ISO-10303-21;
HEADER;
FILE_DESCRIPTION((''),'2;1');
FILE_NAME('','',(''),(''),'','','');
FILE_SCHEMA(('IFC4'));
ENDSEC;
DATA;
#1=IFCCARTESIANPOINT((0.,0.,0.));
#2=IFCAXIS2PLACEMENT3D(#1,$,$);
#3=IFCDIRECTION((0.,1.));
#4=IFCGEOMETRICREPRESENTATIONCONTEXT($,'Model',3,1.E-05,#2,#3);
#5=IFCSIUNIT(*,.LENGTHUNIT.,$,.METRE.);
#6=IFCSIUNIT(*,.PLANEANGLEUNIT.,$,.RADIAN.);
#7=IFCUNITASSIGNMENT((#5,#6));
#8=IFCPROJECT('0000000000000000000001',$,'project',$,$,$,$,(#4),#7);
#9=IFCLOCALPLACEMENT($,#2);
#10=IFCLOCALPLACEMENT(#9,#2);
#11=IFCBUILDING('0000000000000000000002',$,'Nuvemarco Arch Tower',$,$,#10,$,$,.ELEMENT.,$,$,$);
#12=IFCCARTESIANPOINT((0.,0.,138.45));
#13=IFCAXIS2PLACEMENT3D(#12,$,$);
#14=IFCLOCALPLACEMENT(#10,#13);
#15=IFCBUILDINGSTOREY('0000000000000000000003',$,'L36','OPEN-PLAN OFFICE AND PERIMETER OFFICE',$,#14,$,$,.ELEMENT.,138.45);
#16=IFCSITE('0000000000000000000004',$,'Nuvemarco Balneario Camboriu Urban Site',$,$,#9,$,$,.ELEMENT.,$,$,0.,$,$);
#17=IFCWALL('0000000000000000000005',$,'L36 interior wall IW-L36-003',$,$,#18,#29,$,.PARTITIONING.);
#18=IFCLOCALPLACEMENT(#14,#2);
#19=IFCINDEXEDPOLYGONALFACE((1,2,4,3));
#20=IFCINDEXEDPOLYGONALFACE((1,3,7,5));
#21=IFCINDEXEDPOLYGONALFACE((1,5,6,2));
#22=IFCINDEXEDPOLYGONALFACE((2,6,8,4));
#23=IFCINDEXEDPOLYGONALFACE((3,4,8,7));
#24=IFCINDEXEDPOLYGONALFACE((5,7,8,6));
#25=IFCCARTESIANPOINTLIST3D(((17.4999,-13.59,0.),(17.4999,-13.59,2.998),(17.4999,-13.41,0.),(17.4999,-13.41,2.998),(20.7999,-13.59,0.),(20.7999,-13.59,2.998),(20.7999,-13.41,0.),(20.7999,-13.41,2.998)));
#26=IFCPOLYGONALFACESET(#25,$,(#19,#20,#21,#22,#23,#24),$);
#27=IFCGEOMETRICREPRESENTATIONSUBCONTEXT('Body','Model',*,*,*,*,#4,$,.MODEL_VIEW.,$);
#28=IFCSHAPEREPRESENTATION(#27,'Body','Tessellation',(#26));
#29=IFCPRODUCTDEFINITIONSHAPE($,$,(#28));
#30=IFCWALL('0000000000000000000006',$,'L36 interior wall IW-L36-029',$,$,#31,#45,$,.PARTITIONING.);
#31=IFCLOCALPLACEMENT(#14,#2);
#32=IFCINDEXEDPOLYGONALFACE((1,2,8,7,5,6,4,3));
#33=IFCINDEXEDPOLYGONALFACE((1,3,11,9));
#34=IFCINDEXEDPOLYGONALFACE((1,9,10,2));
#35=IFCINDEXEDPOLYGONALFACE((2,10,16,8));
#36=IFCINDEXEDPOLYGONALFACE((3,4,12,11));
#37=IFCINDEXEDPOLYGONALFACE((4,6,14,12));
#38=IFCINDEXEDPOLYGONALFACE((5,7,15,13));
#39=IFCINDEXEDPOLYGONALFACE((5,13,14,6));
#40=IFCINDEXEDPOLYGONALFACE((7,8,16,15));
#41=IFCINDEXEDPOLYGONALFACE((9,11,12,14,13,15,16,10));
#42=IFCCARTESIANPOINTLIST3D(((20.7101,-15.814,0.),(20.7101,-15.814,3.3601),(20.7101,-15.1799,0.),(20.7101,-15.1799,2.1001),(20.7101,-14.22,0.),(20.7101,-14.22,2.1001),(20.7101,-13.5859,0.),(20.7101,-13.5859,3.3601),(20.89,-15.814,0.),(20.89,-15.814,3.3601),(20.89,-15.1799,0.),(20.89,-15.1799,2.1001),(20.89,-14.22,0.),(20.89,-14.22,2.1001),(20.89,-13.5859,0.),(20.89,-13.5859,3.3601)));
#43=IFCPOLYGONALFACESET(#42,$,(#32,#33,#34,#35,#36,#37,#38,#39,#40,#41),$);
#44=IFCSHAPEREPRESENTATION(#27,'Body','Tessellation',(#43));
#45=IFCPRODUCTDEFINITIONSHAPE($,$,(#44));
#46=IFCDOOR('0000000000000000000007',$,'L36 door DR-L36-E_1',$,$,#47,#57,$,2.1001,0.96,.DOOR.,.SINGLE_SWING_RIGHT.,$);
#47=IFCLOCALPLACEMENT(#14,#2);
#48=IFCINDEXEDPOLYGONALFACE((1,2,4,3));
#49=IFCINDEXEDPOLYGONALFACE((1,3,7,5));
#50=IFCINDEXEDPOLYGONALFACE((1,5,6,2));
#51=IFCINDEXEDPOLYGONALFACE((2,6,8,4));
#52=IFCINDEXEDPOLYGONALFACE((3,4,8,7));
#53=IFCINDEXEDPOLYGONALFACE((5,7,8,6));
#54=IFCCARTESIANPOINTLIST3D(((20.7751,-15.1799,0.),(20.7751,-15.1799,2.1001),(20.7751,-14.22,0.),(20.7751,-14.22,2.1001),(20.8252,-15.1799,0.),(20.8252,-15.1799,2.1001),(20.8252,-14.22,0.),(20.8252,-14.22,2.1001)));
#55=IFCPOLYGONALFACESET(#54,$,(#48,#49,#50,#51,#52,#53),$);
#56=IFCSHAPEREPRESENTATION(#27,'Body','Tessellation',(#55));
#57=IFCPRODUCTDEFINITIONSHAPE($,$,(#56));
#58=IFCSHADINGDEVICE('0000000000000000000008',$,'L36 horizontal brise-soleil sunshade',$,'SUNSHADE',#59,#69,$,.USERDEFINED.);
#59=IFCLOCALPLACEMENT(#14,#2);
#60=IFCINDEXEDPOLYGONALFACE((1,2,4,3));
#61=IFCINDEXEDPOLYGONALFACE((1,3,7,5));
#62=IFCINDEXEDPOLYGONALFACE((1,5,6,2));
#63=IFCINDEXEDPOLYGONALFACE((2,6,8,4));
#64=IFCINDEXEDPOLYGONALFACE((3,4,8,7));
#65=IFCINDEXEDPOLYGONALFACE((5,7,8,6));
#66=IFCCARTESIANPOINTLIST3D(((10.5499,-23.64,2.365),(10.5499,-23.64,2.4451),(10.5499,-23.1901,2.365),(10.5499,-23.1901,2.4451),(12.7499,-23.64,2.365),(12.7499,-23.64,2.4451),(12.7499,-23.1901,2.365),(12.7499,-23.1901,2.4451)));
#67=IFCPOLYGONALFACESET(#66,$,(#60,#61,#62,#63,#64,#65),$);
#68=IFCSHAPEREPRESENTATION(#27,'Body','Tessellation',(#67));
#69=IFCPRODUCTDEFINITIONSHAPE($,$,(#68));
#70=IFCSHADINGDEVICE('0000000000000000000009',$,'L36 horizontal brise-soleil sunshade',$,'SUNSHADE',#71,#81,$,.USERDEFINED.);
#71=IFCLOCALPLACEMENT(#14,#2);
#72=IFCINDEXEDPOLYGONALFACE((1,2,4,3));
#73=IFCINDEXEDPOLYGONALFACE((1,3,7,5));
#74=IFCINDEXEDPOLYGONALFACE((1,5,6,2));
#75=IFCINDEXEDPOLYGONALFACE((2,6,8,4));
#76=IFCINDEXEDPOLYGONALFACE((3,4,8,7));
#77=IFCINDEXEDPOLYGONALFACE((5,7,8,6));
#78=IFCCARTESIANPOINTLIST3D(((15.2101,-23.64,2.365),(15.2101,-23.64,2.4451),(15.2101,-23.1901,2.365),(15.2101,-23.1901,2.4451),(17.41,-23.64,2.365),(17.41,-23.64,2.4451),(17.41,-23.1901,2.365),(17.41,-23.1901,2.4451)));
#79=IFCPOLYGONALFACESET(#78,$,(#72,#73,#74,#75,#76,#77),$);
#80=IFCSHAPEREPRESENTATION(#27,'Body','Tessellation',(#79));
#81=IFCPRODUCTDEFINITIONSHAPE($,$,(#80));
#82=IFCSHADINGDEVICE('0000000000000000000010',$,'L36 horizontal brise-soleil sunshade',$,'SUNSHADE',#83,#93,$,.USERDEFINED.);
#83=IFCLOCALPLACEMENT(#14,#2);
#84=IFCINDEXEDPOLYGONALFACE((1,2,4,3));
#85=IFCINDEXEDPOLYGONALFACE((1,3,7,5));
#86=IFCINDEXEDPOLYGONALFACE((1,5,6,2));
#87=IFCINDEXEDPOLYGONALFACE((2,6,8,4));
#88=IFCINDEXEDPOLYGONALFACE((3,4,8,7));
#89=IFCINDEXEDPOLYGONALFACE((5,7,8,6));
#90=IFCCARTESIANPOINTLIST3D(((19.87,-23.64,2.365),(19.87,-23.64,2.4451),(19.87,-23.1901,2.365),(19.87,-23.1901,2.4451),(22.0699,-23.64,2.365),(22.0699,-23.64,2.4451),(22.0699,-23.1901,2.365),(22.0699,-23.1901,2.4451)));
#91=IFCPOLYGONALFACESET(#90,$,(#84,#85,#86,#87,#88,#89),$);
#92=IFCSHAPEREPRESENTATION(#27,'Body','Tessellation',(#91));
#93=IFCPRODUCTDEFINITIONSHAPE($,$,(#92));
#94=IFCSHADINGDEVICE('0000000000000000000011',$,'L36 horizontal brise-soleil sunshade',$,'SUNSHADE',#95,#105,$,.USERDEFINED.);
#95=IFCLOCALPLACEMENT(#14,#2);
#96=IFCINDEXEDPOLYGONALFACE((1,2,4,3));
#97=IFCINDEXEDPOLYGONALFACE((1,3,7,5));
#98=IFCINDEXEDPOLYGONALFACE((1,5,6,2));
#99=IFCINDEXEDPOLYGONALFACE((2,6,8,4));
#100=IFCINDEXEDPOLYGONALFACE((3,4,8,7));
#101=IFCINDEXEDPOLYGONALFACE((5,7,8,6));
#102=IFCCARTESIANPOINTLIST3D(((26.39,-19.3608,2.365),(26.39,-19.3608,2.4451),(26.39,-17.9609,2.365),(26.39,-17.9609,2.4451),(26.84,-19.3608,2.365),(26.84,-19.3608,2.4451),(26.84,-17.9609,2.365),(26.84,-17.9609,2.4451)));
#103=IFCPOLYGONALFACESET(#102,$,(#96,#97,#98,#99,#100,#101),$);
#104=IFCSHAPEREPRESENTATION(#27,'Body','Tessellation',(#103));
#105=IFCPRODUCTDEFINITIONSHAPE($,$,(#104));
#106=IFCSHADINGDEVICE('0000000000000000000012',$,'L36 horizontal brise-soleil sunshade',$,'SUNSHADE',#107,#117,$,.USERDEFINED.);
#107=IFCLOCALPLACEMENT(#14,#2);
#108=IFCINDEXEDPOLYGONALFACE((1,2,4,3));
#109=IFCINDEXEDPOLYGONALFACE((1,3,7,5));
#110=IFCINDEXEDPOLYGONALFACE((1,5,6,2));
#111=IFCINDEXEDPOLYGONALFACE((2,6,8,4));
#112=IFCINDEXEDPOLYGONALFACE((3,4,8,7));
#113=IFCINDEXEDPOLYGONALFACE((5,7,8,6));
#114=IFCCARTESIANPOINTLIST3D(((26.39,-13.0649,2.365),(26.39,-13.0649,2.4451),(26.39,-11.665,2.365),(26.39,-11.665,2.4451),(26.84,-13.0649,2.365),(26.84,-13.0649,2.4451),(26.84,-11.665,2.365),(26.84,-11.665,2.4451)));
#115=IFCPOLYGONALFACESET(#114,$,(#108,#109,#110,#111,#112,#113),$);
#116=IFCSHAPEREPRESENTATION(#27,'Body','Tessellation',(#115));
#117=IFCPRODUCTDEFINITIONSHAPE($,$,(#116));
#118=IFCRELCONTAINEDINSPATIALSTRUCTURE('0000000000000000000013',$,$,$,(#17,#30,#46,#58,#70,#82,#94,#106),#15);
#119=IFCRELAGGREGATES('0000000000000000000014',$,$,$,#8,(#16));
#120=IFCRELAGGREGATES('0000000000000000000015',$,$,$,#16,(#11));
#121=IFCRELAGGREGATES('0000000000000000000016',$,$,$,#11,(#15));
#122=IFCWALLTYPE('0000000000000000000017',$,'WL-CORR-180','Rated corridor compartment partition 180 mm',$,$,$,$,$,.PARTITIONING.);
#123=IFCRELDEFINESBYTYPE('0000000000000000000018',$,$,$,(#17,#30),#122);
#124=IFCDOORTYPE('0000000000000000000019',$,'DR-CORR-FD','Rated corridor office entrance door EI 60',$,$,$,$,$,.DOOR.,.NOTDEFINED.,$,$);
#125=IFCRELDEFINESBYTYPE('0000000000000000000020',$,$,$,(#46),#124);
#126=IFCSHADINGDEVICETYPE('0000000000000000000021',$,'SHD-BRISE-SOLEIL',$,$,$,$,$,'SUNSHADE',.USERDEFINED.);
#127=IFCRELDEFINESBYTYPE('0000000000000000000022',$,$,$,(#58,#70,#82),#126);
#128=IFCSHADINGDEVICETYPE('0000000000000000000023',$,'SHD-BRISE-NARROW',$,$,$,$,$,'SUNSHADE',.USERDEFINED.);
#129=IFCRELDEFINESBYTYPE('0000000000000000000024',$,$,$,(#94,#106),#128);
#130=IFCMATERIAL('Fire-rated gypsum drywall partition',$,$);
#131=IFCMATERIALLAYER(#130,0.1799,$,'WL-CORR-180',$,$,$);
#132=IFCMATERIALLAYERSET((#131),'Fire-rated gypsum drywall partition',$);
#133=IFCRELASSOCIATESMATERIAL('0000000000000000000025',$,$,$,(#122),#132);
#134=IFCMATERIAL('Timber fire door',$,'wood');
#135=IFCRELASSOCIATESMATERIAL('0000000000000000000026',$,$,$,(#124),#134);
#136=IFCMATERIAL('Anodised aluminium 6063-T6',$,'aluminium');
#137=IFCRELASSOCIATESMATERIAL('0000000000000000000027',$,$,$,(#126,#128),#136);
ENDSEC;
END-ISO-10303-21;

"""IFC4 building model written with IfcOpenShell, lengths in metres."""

from ifc_helpers import new_model, si_unit, direction, frame, frame_2d, origin, origin_2d, place, context, subcontext, project, spatial, rectangle, extrude, source, transform, mapped, material, layer, layer_set, type_object, type_shapes, element, fill, save


model = new_model("IFC4")

# Units and contexts
model_context = context("Model", 3, precision=1e-05, world=origin(), true_north=direction((0.0, 1.0)))
body_context = subcontext(model_context, "Body", "Model", "MODEL_VIEW")
ifc_project = project(units=[si_unit("LENGTHUNIT", "METRE"), si_unit("PLANEANGLEUNIT", "RADIAN")], contexts=[model_context])

# Site, building, storey
site_placement = place(None, origin())
site = spatial("IfcSite", under=ifc_project, at=site_placement, Name="Nuvemarco Balneario Camboriu Urban Site", CompositionType="ELEMENT", RefElevation=0.0)
building_placement = place(site_placement, origin())
building = spatial("IfcBuilding", under=site, at=building_placement, Name="Nuvemarco Arch Tower", CompositionType="ELEMENT")
storey_placement = place(building_placement, frame((0.0, 0.0, 138.45)))
storey = spatial("IfcBuildingStorey", under=building, at=storey_placement, Name="L36", Description="OPEN-PLAN OFFICE AND PERIMETER OFFICE", CompositionType="ELEMENT", Elevation=138.45)

# Wall
ifc_material_1 = material(Name="Fire-rated gypsum drywall partition")
ifc_layer_1 = layer(ifc_material_1, 0.1799, Name="WL-CORR-180")
ifc_layer_set_1 = layer_set([ifc_layer_1], Name="Fire-rated gypsum drywall partition")
wall_type_1 = type_object("IfcWallType", Name="WL-CORR-180", Description="Rated corridor compartment partition 180 mm", PredefinedType="PARTITIONING", material=ifc_layer_set_1)
wall_1_placement = place(storey_placement, frame((17.5, -13.5, 0.0), z_axis=(0.0, 0.0, 1.0), x_axis=(1.0, 0.0, 0.0)))
element("IfcWall", 1, at=wall_1_placement, inside=storey, type_object=wall_type_1, Name="L36 interior wall IW-L36-003", PredefinedType="PARTITIONING", context=body_context, shape_type="SweptSolid", body=[
    extrude(rectangle(XDim=3.3, YDim=0.1799, at=frame_2d((1.6499, 0.0))), origin(), (0.0, 0.0, 1.0), 2.998),
])

# Wall, opening, door
wall_2_placement = place(storey_placement, frame((20.8, -15.814, 0.0), z_axis=(0.0, 0.0, 1.0), x_axis=(0.0, 1.0, 0.0)))
wall_2 = element("IfcWall", 2, at=wall_2_placement, inside=storey, type_object=wall_type_1, Name="L36 interior wall IW-L36-029", PredefinedType="PARTITIONING", context=body_context, shape_type="SweptSolid", body=[
    extrude(rectangle(XDim=2.228, YDim=0.1799, at=frame_2d((1.114, 0.0))), origin(), (0.0, 0.0, 1.0), 3.3601),
])
opening_1_placement = place(wall_2_placement, frame((0.634, 0.0, 0.0)))
opening_1 = element("IfcOpeningElement", 3, at=opening_1_placement, cuts=wall_2, PredefinedType="OPENING", context=body_context, shape_type="SweptSolid", body=[
    extrude(rectangle(XDim=0.96, YDim=2.1001, at=frame_2d((0.48, 1.05))), frame((0.0, 0.0999, 0.0), z_axis=(0.0, -1.0, 0.0), x_axis=(1.0, 0.0, 0.0)), (0.0, 0.0, 1.0), 0.2),
])
ifc_material_2 = material(Name="Timber fire door", Category="wood")
door_type = type_object("IfcDoorType", Name="DR-CORR-FD", Description="Rated corridor office entrance door EI 60", OperationType="NOTDEFINED", PredefinedType="DOOR", material=ifc_material_2)
shared_shape_1 = source(origin(), body_context, "Body", "SweptSolid", [
    extrude(rectangle(XDim=0.96, YDim=2.1001, at=frame_2d((0.48, 1.05))), frame((0.0, 0.0249, 0.0), z_axis=(0.0, -1.0, 0.0), x_axis=(1.0, 0.0, 0.0)), (0.0, 0.0, 1.0), 0.05),
])
type_shapes(door_type, [shared_shape_1])
door_placement = place(opening_1_placement, origin())
door = element("IfcDoor", 4, at=door_placement, inside=storey, type_object=door_type, Name="L36 door DR-L36-E_1", OperationType="SINGLE_SWING_RIGHT", OverallHeight=2.1001, OverallWidth=0.96, PredefinedType="DOOR", context=body_context, shape_type="MappedRepresentation", body=[
    mapped(shared_shape_1, transform((0.0, 0.0, 0.0), scale=1.0)),
])
fill(opening_1, door)

# Shading devices
ifc_material_3 = material(Name="Anodised aluminium 6063-T6", Category="aluminium")
shading_device_type_1 = type_object("IfcShadingDeviceType", Name="SHD-BRISE-SOLEIL", ElementType="SUNSHADE", PredefinedType="USERDEFINED", material=ifc_material_3)
shared_shape_2 = source(origin(), body_context, "Body", "SweptSolid", [
    extrude(rectangle(XDim=2.2, YDim=0.45, at=origin_2d()), origin(), (0.0, 0.0, 1.0), 0.0801),
])
type_shapes(shading_device_type_1, [shared_shape_2])
for number, where, z_axis, x_axis, name in (
    (5, (11.6499, -23.415, 2.365), (0.0, 0.0, 1.0), (1.0, 0.0, 0.0), "L36 horizontal brise-soleil sunshade"),
    (6, (16.3101, -23.415, 2.365), (0.0, 0.0, 1.0), (1.0, 0.0, 0.0), "L36 horizontal brise-soleil sunshade"),
    (7, (20.97, -23.415, 2.365), (0.0, 0.0, 1.0), (1.0, 0.0, 0.0), "L36 horizontal brise-soleil sunshade"),
):
    element("IfcShadingDevice", number, at=place(storey_placement, frame(where, z_axis=z_axis, x_axis=x_axis)), inside=storey, type_object=shading_device_type_1, Name=name, ObjectType="SUNSHADE", PredefinedType="USERDEFINED", context=body_context, shape_type="MappedRepresentation", body=[
        mapped(shared_shape_2, transform((0.0, 0.0, 0.0), scale=1.0)),
    ])
shading_device_type_2 = type_object("IfcShadingDeviceType", Name="SHD-BRISE-NARROW", ElementType="SUNSHADE", PredefinedType="USERDEFINED", material=ifc_material_3)
shared_shape_3 = source(origin(), body_context, "Body", "SweptSolid", [
    extrude(rectangle(XDim=1.3999, YDim=0.45, at=origin_2d()), origin(), (0.0, 0.0, 1.0), 0.0801),
])
type_shapes(shading_device_type_2, [shared_shape_3])
for number, where, z_axis, x_axis, name in (
    (8, (26.615, -18.6609, 2.365), (0.0, 0.0, 1.0), (0.0, 1.0, 0.0), "L36 horizontal brise-soleil sunshade"),
    (9, (26.615, -12.365, 2.365), (0.0, 0.0, 1.0), (0.0, 1.0, 0.0), "L36 horizontal brise-soleil sunshade"),
):
    element("IfcShadingDevice", number, at=place(storey_placement, frame(where, z_axis=z_axis, x_axis=x_axis)), inside=storey, type_object=shading_device_type_2, Name=name, ObjectType="SUNSHADE", PredefinedType="USERDEFINED", context=body_context, shape_type="MappedRepresentation", body=[
        mapped(shared_shape_3, transform((0.0, 0.0, 0.0), scale=1.0)),
    ])

save(model, "model.ifc")
